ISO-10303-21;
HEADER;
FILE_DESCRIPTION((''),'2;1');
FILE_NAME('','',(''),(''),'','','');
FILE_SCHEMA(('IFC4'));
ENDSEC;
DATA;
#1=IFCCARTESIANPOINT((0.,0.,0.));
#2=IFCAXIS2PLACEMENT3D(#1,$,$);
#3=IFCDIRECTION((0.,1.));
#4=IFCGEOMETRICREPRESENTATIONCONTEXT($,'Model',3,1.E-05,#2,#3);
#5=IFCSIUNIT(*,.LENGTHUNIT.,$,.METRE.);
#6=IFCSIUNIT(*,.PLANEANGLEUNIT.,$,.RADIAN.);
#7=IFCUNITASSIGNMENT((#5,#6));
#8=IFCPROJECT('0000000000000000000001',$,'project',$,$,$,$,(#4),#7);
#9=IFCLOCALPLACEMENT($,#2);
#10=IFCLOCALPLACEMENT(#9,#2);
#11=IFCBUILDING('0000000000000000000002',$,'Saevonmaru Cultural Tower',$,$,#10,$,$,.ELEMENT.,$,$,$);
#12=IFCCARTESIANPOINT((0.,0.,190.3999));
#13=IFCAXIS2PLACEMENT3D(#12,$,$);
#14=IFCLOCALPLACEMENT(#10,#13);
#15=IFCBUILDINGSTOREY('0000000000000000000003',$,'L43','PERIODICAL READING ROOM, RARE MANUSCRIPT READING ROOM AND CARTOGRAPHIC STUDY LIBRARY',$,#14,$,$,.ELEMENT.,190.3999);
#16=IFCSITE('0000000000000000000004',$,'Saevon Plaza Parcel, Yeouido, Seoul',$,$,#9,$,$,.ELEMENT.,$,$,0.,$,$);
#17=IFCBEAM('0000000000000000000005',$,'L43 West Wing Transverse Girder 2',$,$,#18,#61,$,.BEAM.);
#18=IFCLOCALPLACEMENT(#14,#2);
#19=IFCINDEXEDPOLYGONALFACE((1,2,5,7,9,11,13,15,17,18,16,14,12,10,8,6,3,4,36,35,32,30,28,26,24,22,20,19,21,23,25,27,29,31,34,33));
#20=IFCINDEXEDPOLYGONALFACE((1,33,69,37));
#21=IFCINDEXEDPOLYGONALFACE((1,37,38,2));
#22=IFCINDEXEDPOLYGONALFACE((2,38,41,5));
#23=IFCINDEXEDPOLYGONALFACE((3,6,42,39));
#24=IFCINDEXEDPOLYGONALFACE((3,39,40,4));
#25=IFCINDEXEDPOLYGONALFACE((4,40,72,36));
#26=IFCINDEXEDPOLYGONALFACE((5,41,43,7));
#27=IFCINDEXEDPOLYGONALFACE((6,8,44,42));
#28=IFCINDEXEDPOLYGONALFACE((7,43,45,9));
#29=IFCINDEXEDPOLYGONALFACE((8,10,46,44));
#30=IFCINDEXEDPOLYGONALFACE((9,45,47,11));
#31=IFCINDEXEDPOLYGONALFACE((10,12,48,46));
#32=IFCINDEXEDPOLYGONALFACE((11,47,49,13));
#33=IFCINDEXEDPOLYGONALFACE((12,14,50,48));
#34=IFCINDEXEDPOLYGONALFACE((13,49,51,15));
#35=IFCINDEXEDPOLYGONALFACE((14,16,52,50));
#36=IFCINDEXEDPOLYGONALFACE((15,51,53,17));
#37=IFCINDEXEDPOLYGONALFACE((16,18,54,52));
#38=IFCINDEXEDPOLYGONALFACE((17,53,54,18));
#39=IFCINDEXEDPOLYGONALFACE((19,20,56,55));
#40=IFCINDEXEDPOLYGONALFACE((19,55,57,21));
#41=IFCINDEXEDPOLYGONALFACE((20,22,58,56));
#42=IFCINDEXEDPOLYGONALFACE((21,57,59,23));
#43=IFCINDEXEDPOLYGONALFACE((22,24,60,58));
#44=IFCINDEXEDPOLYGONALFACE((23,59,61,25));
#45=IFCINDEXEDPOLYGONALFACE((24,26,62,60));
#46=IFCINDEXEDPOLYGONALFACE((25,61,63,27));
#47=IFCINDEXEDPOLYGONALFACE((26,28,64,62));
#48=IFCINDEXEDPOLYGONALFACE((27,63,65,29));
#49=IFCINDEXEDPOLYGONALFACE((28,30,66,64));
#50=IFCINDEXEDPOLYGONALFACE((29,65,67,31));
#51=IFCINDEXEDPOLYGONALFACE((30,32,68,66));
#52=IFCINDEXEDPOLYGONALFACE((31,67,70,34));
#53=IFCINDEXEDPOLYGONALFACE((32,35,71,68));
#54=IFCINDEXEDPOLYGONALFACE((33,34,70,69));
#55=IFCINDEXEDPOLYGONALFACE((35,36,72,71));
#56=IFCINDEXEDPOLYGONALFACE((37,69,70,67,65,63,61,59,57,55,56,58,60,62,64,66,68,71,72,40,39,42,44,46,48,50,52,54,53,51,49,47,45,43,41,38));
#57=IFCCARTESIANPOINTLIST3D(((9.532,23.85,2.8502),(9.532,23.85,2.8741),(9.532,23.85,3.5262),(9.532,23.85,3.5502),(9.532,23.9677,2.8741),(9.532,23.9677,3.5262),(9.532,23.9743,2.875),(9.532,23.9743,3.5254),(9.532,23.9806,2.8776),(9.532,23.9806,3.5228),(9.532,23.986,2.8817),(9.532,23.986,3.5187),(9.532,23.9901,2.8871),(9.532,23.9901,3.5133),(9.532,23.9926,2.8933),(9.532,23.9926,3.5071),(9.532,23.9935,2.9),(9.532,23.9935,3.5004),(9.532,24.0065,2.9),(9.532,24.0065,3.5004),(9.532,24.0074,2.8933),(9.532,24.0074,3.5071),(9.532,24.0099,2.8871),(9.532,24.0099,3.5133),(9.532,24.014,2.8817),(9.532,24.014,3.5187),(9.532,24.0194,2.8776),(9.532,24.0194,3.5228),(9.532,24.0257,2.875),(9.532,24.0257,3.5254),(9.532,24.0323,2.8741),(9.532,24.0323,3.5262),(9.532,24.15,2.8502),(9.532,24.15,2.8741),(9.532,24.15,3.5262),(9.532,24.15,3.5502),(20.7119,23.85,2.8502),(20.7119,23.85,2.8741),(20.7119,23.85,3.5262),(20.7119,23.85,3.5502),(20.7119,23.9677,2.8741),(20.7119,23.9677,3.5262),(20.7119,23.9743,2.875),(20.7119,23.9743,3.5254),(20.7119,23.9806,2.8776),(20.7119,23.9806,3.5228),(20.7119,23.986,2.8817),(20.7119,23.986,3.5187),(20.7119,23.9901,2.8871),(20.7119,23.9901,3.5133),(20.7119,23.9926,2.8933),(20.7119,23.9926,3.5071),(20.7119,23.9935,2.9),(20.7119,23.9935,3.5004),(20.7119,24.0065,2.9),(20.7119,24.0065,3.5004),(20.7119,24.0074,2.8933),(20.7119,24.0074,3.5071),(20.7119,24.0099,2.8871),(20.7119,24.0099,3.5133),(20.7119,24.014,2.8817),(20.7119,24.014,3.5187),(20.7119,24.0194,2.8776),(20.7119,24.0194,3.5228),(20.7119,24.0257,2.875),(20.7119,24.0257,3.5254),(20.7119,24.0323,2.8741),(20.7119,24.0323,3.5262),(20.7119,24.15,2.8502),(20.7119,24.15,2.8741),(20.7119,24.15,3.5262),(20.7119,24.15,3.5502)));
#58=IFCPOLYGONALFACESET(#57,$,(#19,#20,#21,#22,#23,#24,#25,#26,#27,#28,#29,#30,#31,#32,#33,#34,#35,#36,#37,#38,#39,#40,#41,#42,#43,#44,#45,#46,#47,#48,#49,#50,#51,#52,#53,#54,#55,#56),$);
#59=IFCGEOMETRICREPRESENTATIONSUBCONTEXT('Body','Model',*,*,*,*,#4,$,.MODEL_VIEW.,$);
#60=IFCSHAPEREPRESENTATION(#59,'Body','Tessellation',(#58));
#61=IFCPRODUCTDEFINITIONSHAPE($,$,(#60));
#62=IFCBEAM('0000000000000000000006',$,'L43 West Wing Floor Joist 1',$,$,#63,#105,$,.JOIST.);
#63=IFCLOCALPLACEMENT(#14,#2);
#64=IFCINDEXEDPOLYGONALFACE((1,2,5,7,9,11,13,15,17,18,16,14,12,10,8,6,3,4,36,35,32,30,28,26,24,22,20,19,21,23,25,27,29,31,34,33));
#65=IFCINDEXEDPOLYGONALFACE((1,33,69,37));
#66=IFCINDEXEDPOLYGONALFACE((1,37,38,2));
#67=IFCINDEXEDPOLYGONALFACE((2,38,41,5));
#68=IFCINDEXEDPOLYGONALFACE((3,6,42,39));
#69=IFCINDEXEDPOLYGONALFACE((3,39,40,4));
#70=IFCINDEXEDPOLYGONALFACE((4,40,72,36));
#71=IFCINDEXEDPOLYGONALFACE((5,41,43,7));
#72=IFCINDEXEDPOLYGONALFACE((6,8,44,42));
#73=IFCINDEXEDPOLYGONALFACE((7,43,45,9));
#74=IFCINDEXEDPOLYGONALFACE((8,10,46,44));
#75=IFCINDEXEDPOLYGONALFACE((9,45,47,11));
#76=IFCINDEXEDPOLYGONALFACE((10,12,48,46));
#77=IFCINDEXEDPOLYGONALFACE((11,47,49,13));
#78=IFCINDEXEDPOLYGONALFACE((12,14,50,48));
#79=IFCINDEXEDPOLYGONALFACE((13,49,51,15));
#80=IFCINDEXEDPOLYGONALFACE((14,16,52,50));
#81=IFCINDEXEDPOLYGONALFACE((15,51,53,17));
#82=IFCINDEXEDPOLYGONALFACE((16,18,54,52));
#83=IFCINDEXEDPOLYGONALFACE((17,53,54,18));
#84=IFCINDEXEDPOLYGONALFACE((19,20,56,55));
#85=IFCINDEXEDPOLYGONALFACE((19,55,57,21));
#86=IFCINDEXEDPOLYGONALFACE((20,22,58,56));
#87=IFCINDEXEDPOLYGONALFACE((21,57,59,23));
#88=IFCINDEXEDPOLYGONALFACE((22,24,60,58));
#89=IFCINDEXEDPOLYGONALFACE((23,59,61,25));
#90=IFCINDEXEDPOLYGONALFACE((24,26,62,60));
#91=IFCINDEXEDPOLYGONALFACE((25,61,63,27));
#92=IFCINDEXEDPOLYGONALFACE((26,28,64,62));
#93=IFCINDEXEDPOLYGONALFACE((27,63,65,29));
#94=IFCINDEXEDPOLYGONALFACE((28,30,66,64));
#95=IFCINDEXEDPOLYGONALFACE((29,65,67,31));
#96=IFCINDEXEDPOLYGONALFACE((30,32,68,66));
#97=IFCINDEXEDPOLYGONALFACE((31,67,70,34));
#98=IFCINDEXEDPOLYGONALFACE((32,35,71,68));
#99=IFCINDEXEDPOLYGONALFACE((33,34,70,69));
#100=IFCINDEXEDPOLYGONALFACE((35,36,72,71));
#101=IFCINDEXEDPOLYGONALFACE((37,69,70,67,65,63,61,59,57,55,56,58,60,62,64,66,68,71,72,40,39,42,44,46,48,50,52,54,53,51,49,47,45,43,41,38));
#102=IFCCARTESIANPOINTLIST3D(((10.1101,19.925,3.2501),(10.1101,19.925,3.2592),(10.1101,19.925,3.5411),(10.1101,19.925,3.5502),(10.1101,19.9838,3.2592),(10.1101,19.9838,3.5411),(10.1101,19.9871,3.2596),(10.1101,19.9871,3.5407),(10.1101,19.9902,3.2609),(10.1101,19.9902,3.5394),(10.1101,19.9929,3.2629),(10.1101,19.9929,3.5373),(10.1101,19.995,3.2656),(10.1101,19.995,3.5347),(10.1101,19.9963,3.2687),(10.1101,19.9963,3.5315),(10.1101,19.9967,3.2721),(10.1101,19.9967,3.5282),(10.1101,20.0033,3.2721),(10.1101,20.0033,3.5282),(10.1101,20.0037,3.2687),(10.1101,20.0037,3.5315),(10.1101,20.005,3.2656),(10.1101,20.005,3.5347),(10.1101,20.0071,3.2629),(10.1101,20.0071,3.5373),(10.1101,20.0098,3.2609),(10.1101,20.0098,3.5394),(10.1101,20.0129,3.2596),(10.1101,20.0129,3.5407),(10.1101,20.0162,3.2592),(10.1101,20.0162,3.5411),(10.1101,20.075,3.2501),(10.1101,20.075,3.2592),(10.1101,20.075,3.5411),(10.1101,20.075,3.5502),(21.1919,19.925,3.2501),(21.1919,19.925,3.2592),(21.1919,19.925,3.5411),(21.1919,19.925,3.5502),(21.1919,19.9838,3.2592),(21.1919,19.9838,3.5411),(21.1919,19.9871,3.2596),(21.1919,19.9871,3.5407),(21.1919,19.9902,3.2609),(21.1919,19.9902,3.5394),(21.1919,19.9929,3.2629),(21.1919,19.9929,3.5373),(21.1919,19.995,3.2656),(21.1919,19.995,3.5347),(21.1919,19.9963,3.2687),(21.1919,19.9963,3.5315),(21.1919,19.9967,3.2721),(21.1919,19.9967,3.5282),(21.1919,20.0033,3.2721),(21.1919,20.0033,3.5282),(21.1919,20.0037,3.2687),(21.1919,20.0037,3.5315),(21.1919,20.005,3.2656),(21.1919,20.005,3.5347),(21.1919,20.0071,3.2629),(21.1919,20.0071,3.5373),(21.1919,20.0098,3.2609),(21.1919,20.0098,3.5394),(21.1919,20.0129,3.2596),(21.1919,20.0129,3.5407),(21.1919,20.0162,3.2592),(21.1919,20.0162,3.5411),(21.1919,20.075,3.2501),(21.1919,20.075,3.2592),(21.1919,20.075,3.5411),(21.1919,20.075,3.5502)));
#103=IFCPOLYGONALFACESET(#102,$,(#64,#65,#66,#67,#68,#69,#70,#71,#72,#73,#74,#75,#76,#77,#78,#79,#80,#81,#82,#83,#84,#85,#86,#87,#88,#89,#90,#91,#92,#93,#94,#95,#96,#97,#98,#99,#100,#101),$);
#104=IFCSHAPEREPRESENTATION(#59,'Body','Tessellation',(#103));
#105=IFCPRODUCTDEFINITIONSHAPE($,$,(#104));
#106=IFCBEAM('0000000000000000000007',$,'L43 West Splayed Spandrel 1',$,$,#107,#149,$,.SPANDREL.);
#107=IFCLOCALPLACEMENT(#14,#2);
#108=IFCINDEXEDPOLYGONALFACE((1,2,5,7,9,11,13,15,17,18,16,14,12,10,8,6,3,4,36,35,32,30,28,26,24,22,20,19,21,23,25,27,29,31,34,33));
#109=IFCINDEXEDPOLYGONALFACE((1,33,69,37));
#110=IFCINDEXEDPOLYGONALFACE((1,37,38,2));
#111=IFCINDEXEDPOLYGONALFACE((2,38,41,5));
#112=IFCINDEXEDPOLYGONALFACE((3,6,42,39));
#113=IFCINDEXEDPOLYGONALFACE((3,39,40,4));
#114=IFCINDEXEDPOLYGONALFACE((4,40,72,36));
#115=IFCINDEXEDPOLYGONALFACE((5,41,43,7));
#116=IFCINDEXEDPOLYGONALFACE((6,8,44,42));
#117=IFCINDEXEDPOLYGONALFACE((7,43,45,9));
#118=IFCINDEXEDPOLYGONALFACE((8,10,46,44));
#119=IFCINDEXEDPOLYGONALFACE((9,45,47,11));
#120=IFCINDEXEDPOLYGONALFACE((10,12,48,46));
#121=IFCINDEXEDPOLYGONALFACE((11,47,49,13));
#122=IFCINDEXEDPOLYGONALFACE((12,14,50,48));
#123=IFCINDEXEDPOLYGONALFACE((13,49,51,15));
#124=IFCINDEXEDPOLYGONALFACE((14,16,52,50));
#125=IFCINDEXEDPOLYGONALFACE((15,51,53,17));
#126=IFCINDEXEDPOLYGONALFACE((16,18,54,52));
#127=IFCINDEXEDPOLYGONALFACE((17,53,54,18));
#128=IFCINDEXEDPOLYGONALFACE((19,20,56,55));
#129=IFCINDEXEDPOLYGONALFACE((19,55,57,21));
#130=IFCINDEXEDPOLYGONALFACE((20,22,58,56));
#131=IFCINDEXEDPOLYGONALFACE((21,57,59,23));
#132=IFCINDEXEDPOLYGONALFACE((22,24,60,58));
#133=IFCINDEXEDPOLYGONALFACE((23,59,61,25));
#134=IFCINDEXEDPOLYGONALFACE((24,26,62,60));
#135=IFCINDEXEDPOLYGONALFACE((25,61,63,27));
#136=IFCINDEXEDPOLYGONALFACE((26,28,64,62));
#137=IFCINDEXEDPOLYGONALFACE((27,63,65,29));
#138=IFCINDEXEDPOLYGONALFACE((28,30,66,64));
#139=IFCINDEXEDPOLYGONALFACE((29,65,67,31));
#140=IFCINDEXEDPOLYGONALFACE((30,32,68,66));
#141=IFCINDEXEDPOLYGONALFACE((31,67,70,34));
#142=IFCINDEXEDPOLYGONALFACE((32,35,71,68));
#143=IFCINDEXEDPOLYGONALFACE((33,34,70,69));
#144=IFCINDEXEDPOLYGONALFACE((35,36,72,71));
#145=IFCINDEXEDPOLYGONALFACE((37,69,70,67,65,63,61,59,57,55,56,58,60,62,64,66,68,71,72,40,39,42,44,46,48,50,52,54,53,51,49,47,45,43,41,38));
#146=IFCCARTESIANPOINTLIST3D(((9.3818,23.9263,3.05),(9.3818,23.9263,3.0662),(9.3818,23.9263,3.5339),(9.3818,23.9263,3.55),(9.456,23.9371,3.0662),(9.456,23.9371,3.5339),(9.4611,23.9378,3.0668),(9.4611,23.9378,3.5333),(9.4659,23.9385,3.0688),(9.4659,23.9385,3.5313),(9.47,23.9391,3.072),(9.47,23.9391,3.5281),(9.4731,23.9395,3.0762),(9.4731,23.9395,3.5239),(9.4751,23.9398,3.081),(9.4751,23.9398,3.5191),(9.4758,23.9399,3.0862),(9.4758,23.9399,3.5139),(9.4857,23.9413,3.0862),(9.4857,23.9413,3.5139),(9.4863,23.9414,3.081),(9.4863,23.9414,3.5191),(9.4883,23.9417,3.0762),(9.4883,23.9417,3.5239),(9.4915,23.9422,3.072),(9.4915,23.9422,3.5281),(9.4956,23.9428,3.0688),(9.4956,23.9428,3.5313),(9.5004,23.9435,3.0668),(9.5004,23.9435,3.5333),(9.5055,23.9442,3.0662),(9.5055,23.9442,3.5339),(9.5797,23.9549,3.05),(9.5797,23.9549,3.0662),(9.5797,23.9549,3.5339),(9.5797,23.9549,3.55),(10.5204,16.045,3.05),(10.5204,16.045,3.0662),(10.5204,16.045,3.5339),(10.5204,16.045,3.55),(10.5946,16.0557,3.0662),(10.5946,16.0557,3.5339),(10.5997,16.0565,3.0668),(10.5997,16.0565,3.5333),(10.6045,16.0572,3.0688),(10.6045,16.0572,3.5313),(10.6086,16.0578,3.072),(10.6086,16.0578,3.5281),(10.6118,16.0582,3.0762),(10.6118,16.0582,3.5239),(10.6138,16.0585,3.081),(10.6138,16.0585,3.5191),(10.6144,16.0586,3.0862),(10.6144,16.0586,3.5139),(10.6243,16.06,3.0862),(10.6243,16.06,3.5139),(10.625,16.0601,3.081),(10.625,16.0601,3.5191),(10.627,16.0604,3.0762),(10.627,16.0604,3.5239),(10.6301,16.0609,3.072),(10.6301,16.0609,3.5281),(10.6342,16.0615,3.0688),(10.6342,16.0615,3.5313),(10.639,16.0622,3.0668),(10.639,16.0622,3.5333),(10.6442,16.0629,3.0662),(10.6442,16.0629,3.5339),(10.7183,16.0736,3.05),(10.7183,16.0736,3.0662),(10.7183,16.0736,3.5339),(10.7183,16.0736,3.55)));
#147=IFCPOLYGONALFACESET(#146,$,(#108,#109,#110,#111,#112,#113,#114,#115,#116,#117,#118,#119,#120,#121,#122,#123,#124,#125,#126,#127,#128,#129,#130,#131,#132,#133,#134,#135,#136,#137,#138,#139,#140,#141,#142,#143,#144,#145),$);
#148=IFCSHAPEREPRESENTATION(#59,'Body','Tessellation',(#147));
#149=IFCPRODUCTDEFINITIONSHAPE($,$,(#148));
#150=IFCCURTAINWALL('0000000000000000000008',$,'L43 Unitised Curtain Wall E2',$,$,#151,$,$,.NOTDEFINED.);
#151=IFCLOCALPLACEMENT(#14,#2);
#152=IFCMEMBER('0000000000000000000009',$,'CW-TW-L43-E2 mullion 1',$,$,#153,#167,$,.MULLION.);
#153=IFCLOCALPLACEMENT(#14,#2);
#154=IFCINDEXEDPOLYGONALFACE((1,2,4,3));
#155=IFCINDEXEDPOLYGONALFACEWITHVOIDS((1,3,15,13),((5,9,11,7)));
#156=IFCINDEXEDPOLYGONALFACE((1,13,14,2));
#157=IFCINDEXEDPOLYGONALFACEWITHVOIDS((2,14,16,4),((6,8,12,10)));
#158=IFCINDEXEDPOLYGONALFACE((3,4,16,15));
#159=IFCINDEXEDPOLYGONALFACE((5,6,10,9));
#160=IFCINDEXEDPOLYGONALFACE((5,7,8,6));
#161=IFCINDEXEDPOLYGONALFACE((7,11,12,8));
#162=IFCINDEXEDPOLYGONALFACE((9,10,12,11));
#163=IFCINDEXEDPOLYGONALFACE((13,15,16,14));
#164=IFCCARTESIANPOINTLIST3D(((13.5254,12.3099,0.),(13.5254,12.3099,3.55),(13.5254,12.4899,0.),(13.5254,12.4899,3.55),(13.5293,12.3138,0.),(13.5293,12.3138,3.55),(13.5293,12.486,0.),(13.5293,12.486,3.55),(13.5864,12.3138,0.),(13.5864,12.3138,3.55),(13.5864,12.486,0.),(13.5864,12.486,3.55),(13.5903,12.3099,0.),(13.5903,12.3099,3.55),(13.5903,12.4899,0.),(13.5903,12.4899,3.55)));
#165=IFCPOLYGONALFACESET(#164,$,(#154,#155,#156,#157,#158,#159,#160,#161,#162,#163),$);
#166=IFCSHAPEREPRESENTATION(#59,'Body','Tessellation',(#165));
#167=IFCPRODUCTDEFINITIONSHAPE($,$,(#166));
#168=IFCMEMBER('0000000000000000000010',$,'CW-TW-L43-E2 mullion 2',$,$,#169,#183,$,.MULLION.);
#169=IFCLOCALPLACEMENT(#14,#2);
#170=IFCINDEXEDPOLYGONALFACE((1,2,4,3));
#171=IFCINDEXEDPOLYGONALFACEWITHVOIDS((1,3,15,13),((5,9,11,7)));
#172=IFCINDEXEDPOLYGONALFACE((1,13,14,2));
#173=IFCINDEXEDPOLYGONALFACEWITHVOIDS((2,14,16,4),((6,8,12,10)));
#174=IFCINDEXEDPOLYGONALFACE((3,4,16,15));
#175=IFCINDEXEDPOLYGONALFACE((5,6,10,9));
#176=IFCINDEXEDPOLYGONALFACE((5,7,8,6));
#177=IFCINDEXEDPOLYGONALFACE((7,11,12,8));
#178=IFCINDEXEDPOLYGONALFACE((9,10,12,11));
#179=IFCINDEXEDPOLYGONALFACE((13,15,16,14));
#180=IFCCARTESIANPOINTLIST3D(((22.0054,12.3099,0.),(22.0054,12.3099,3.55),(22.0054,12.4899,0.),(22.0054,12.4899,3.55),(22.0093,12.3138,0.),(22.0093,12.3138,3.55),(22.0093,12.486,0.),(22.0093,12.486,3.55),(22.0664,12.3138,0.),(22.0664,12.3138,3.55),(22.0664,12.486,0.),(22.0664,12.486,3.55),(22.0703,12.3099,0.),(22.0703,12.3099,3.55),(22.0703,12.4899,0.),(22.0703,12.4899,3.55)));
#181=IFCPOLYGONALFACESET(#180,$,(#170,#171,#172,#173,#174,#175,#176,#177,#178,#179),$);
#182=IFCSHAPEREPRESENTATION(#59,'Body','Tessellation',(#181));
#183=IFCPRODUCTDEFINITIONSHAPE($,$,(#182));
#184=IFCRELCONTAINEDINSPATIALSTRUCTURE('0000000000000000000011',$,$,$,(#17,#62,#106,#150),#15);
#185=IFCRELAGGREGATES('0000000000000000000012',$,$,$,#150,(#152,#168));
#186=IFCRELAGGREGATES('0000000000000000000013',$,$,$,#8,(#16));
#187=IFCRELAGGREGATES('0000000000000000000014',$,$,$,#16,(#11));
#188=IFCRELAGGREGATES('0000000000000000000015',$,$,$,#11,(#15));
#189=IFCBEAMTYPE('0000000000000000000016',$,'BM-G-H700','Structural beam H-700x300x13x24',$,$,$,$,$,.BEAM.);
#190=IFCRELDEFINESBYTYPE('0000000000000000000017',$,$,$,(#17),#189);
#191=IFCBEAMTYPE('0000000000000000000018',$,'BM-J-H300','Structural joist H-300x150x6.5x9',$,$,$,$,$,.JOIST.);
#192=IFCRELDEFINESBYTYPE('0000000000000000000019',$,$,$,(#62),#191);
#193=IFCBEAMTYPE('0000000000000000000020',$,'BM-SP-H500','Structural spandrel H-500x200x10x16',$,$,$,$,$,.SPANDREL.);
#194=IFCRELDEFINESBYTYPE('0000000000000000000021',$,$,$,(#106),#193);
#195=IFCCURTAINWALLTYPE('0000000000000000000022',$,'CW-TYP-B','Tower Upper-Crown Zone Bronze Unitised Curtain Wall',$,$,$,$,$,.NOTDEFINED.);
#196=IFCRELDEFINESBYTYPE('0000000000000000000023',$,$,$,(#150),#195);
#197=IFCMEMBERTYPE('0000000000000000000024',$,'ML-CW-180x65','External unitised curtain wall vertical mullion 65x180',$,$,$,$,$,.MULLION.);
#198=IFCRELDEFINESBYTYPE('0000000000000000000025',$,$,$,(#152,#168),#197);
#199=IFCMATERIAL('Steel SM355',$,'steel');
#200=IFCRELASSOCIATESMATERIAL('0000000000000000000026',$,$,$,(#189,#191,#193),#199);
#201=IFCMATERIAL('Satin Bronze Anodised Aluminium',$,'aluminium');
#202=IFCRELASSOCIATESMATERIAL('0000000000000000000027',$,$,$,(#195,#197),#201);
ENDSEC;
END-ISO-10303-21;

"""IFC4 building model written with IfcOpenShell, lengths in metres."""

from ifc_helpers import new_model, si_unit, direction, frame, origin, origin_2d, place, context, subcontext, project, spatial, hollow_rectangle, i_section, extrude, material, material_profile, profile_set, type_object, element, aggregate, save


model = new_model("IFC4")

# Units and contexts
model_context = context("Model", 3, precision=1e-05, world=origin(), true_north=direction((0.0, 1.0)))
body_context = subcontext(model_context, "Body", "Model", "MODEL_VIEW")
ifc_project = project(units=[si_unit("LENGTHUNIT", "METRE"), si_unit("PLANEANGLEUNIT", "RADIAN")], contexts=[model_context])

# Site, building, storey
site_placement = place(None, origin())
site = spatial("IfcSite", under=ifc_project, at=site_placement, Name="Saevon Plaza Parcel, Yeouido, Seoul", CompositionType="ELEMENT", RefElevation=0.0)
building_placement = place(site_placement, origin())
building = spatial("IfcBuilding", under=site, at=building_placement, Name="Saevonmaru Cultural Tower", CompositionType="ELEMENT")
storey_placement = place(building_placement, frame((0.0, 0.0, 190.3999)))
storey = spatial("IfcBuildingStorey", under=building, at=storey_placement, Name="L43", Description="PERIODICAL READING ROOM, RARE MANUSCRIPT READING ROOM AND CARTOGRAPHIC STUDY LIBRARY", CompositionType="ELEMENT", Elevation=190.3999)

# Shared definitions
ifc_material_1 = material(Name="Steel SM355", Category="steel")

# Beams
ifc_material_profile_1 = material_profile(ifc_material_1, i_section(OverallWidth=0.3, OverallDepth=0.7, WebThickness=0.0129, FlangeThickness=0.0239, FilletRadius=0.0259, at=origin_2d()), Name="H-700x300x13x24")
ifc_profile_set_1 = profile_set([ifc_material_profile_1], Name="Steel SM355")
beam_type_1 = type_object("IfcBeamType", Name="BM-G-H700", Description="Structural beam H-700x300x13x24", PredefinedType="BEAM", material=ifc_profile_set_1)
for number, where, z_axis, x_axis, name in (
    (1, (9.532, 24.0, 3.2002), (1.0, 0.0, 0.0), (0.0, 1.0, 0.0), "L43 West Wing Transverse Girder 2"),
):
    element("IfcBeam", number, at=place(storey_placement, frame(where, z_axis=z_axis, x_axis=x_axis)), inside=storey, type_object=beam_type_1, Name=name, PredefinedType="BEAM", context=body_context, shape_type="SweptSolid", body=[
        extrude(i_section(OverallWidth=0.3, OverallDepth=0.7, WebThickness=0.0129, FlangeThickness=0.0239, FilletRadius=0.0259, at=origin_2d()), origin(), (0.0, 0.0, 1.0), 11.1799),
    ])
ifc_material_profile_2 = material_profile(ifc_material_1, i_section(OverallWidth=0.1499, OverallDepth=0.3, WebThickness=0.0066, FlangeThickness=0.009, FilletRadius=0.0129, at=origin_2d()), Name="H-300x150x6.5x9")
ifc_profile_set_2 = profile_set([ifc_material_profile_2], Name="Steel SM355")
beam_type_2 = type_object("IfcBeamType", Name="BM-J-H300", Description="Structural joist H-300x150x6.5x9", PredefinedType="JOIST", material=ifc_profile_set_2)
beam_1_placement = place(storey_placement, frame((10.1101, 20.0, 3.4001), z_axis=(1.0, 0.0, 0.0), x_axis=(0.0, 1.0, 0.0)))
element("IfcBeam", 2, at=beam_1_placement, inside=storey, type_object=beam_type_2, Name="L43 West Wing Floor Joist 1", PredefinedType="JOIST", context=body_context, shape_type="SweptSolid", body=[
    extrude(i_section(OverallWidth=0.1499, OverallDepth=0.3, WebThickness=0.0066, FlangeThickness=0.009, FilletRadius=0.0129, at=origin_2d()), origin(), (0.0, 0.0, 1.0), 11.0818),
])
ifc_material_profile_3 = material_profile(ifc_material_1, i_section(OverallWidth=0.2, OverallDepth=0.5, WebThickness=0.01, FlangeThickness=0.0161, FilletRadius=0.02, at=origin_2d()), Name="H-500x200x10x16")
ifc_profile_set_3 = profile_set([ifc_material_profile_3], Name="Steel SM355")
beam_type_3 = type_object("IfcBeamType", Name="BM-SP-H500", Description="Structural spandrel H-500x200x10x16", PredefinedType="SPANDREL", material=ifc_profile_set_3)
beam_2_placement = place(storey_placement, frame((10.6194, 16.0593, 3.3), z_axis=(-0.142992, 0.989724, 0.0), x_axis=(-0.989724, -0.142992, 0.0)))
element("IfcBeam", 3, at=beam_2_placement, inside=storey, type_object=beam_type_3, Name="L43 West Splayed Spandrel 1", PredefinedType="SPANDREL", context=body_context, shape_type="SweptSolid", body=[
    extrude(i_section(OverallWidth=0.2, OverallDepth=0.5, WebThickness=0.01, FlangeThickness=0.0161, FilletRadius=0.02, at=origin_2d()), origin(), (0.0, 0.0, 1.0), 7.9631),
])

# Curtain wall, members
ifc_material_2 = material(Name="Satin Bronze Anodised Aluminium", Category="aluminium")
curtain_wall_type = type_object("IfcCurtainWallType", Name="CW-TYP-B", Description="Tower Upper-Crown Zone Bronze Unitised Curtain Wall", PredefinedType="NOTDEFINED", material=ifc_material_2)
curtain_wall_1_placement = place(storey_placement, origin())
curtain_wall_1 = element("IfcCurtainWall", 4, at=curtain_wall_1_placement, inside=storey, type_object=curtain_wall_type, Name="L43 Unitised Curtain Wall E2", PredefinedType="NOTDEFINED")
ifc_material_profile_4 = material_profile(ifc_material_2, hollow_rectangle(XDim=0.0649, YDim=0.1799, WallThickness=0.0039, at=origin_2d()), Name="ALU-MULL-180x65x4")
ifc_profile_set_4 = profile_set([ifc_material_profile_4], Name="Satin Bronze Anodised Aluminium")
member_type_1 = type_object("IfcMemberType", Name="ML-CW-180x65", Description="External unitised curtain wall vertical mullion 65x180", PredefinedType="MULLION", material=ifc_profile_set_4)
member_1_placement = place(storey_placement, frame((13.5579, 12.3999, 0.0), z_axis=(0.0, 0.0, 1.0), x_axis=(1.0, 0.0, 0.0)))
member_1 = element("IfcMember", 5, at=member_1_placement, type_object=member_type_1, Name="CW-TW-L43-E2 mullion 1", PredefinedType="MULLION", context=body_context, shape_type="SweptSolid", body=[
    extrude(hollow_rectangle(XDim=0.0649, YDim=0.1799, WallThickness=0.0039, at=origin_2d()), origin(), (0.0, 0.0, 1.0), 3.55),
])
member_2_placement = place(storey_placement, frame((22.0378, 12.3999, 0.0), z_axis=(0.0, 0.0, 1.0), x_axis=(1.0, 0.0, 0.0)))
member_2 = element("IfcMember", 6, at=member_2_placement, type_object=member_type_1, Name="CW-TW-L43-E2 mullion 2", PredefinedType="MULLION", context=body_context, shape_type="SweptSolid", body=[
    extrude(hollow_rectangle(XDim=0.0649, YDim=0.1799, WallThickness=0.0039, at=origin_2d()), origin(), (0.0, 0.0, 1.0), 3.55),
])

aggregate(curtain_wall_1, [member_1, member_2])

save(model, "model.ifc")
